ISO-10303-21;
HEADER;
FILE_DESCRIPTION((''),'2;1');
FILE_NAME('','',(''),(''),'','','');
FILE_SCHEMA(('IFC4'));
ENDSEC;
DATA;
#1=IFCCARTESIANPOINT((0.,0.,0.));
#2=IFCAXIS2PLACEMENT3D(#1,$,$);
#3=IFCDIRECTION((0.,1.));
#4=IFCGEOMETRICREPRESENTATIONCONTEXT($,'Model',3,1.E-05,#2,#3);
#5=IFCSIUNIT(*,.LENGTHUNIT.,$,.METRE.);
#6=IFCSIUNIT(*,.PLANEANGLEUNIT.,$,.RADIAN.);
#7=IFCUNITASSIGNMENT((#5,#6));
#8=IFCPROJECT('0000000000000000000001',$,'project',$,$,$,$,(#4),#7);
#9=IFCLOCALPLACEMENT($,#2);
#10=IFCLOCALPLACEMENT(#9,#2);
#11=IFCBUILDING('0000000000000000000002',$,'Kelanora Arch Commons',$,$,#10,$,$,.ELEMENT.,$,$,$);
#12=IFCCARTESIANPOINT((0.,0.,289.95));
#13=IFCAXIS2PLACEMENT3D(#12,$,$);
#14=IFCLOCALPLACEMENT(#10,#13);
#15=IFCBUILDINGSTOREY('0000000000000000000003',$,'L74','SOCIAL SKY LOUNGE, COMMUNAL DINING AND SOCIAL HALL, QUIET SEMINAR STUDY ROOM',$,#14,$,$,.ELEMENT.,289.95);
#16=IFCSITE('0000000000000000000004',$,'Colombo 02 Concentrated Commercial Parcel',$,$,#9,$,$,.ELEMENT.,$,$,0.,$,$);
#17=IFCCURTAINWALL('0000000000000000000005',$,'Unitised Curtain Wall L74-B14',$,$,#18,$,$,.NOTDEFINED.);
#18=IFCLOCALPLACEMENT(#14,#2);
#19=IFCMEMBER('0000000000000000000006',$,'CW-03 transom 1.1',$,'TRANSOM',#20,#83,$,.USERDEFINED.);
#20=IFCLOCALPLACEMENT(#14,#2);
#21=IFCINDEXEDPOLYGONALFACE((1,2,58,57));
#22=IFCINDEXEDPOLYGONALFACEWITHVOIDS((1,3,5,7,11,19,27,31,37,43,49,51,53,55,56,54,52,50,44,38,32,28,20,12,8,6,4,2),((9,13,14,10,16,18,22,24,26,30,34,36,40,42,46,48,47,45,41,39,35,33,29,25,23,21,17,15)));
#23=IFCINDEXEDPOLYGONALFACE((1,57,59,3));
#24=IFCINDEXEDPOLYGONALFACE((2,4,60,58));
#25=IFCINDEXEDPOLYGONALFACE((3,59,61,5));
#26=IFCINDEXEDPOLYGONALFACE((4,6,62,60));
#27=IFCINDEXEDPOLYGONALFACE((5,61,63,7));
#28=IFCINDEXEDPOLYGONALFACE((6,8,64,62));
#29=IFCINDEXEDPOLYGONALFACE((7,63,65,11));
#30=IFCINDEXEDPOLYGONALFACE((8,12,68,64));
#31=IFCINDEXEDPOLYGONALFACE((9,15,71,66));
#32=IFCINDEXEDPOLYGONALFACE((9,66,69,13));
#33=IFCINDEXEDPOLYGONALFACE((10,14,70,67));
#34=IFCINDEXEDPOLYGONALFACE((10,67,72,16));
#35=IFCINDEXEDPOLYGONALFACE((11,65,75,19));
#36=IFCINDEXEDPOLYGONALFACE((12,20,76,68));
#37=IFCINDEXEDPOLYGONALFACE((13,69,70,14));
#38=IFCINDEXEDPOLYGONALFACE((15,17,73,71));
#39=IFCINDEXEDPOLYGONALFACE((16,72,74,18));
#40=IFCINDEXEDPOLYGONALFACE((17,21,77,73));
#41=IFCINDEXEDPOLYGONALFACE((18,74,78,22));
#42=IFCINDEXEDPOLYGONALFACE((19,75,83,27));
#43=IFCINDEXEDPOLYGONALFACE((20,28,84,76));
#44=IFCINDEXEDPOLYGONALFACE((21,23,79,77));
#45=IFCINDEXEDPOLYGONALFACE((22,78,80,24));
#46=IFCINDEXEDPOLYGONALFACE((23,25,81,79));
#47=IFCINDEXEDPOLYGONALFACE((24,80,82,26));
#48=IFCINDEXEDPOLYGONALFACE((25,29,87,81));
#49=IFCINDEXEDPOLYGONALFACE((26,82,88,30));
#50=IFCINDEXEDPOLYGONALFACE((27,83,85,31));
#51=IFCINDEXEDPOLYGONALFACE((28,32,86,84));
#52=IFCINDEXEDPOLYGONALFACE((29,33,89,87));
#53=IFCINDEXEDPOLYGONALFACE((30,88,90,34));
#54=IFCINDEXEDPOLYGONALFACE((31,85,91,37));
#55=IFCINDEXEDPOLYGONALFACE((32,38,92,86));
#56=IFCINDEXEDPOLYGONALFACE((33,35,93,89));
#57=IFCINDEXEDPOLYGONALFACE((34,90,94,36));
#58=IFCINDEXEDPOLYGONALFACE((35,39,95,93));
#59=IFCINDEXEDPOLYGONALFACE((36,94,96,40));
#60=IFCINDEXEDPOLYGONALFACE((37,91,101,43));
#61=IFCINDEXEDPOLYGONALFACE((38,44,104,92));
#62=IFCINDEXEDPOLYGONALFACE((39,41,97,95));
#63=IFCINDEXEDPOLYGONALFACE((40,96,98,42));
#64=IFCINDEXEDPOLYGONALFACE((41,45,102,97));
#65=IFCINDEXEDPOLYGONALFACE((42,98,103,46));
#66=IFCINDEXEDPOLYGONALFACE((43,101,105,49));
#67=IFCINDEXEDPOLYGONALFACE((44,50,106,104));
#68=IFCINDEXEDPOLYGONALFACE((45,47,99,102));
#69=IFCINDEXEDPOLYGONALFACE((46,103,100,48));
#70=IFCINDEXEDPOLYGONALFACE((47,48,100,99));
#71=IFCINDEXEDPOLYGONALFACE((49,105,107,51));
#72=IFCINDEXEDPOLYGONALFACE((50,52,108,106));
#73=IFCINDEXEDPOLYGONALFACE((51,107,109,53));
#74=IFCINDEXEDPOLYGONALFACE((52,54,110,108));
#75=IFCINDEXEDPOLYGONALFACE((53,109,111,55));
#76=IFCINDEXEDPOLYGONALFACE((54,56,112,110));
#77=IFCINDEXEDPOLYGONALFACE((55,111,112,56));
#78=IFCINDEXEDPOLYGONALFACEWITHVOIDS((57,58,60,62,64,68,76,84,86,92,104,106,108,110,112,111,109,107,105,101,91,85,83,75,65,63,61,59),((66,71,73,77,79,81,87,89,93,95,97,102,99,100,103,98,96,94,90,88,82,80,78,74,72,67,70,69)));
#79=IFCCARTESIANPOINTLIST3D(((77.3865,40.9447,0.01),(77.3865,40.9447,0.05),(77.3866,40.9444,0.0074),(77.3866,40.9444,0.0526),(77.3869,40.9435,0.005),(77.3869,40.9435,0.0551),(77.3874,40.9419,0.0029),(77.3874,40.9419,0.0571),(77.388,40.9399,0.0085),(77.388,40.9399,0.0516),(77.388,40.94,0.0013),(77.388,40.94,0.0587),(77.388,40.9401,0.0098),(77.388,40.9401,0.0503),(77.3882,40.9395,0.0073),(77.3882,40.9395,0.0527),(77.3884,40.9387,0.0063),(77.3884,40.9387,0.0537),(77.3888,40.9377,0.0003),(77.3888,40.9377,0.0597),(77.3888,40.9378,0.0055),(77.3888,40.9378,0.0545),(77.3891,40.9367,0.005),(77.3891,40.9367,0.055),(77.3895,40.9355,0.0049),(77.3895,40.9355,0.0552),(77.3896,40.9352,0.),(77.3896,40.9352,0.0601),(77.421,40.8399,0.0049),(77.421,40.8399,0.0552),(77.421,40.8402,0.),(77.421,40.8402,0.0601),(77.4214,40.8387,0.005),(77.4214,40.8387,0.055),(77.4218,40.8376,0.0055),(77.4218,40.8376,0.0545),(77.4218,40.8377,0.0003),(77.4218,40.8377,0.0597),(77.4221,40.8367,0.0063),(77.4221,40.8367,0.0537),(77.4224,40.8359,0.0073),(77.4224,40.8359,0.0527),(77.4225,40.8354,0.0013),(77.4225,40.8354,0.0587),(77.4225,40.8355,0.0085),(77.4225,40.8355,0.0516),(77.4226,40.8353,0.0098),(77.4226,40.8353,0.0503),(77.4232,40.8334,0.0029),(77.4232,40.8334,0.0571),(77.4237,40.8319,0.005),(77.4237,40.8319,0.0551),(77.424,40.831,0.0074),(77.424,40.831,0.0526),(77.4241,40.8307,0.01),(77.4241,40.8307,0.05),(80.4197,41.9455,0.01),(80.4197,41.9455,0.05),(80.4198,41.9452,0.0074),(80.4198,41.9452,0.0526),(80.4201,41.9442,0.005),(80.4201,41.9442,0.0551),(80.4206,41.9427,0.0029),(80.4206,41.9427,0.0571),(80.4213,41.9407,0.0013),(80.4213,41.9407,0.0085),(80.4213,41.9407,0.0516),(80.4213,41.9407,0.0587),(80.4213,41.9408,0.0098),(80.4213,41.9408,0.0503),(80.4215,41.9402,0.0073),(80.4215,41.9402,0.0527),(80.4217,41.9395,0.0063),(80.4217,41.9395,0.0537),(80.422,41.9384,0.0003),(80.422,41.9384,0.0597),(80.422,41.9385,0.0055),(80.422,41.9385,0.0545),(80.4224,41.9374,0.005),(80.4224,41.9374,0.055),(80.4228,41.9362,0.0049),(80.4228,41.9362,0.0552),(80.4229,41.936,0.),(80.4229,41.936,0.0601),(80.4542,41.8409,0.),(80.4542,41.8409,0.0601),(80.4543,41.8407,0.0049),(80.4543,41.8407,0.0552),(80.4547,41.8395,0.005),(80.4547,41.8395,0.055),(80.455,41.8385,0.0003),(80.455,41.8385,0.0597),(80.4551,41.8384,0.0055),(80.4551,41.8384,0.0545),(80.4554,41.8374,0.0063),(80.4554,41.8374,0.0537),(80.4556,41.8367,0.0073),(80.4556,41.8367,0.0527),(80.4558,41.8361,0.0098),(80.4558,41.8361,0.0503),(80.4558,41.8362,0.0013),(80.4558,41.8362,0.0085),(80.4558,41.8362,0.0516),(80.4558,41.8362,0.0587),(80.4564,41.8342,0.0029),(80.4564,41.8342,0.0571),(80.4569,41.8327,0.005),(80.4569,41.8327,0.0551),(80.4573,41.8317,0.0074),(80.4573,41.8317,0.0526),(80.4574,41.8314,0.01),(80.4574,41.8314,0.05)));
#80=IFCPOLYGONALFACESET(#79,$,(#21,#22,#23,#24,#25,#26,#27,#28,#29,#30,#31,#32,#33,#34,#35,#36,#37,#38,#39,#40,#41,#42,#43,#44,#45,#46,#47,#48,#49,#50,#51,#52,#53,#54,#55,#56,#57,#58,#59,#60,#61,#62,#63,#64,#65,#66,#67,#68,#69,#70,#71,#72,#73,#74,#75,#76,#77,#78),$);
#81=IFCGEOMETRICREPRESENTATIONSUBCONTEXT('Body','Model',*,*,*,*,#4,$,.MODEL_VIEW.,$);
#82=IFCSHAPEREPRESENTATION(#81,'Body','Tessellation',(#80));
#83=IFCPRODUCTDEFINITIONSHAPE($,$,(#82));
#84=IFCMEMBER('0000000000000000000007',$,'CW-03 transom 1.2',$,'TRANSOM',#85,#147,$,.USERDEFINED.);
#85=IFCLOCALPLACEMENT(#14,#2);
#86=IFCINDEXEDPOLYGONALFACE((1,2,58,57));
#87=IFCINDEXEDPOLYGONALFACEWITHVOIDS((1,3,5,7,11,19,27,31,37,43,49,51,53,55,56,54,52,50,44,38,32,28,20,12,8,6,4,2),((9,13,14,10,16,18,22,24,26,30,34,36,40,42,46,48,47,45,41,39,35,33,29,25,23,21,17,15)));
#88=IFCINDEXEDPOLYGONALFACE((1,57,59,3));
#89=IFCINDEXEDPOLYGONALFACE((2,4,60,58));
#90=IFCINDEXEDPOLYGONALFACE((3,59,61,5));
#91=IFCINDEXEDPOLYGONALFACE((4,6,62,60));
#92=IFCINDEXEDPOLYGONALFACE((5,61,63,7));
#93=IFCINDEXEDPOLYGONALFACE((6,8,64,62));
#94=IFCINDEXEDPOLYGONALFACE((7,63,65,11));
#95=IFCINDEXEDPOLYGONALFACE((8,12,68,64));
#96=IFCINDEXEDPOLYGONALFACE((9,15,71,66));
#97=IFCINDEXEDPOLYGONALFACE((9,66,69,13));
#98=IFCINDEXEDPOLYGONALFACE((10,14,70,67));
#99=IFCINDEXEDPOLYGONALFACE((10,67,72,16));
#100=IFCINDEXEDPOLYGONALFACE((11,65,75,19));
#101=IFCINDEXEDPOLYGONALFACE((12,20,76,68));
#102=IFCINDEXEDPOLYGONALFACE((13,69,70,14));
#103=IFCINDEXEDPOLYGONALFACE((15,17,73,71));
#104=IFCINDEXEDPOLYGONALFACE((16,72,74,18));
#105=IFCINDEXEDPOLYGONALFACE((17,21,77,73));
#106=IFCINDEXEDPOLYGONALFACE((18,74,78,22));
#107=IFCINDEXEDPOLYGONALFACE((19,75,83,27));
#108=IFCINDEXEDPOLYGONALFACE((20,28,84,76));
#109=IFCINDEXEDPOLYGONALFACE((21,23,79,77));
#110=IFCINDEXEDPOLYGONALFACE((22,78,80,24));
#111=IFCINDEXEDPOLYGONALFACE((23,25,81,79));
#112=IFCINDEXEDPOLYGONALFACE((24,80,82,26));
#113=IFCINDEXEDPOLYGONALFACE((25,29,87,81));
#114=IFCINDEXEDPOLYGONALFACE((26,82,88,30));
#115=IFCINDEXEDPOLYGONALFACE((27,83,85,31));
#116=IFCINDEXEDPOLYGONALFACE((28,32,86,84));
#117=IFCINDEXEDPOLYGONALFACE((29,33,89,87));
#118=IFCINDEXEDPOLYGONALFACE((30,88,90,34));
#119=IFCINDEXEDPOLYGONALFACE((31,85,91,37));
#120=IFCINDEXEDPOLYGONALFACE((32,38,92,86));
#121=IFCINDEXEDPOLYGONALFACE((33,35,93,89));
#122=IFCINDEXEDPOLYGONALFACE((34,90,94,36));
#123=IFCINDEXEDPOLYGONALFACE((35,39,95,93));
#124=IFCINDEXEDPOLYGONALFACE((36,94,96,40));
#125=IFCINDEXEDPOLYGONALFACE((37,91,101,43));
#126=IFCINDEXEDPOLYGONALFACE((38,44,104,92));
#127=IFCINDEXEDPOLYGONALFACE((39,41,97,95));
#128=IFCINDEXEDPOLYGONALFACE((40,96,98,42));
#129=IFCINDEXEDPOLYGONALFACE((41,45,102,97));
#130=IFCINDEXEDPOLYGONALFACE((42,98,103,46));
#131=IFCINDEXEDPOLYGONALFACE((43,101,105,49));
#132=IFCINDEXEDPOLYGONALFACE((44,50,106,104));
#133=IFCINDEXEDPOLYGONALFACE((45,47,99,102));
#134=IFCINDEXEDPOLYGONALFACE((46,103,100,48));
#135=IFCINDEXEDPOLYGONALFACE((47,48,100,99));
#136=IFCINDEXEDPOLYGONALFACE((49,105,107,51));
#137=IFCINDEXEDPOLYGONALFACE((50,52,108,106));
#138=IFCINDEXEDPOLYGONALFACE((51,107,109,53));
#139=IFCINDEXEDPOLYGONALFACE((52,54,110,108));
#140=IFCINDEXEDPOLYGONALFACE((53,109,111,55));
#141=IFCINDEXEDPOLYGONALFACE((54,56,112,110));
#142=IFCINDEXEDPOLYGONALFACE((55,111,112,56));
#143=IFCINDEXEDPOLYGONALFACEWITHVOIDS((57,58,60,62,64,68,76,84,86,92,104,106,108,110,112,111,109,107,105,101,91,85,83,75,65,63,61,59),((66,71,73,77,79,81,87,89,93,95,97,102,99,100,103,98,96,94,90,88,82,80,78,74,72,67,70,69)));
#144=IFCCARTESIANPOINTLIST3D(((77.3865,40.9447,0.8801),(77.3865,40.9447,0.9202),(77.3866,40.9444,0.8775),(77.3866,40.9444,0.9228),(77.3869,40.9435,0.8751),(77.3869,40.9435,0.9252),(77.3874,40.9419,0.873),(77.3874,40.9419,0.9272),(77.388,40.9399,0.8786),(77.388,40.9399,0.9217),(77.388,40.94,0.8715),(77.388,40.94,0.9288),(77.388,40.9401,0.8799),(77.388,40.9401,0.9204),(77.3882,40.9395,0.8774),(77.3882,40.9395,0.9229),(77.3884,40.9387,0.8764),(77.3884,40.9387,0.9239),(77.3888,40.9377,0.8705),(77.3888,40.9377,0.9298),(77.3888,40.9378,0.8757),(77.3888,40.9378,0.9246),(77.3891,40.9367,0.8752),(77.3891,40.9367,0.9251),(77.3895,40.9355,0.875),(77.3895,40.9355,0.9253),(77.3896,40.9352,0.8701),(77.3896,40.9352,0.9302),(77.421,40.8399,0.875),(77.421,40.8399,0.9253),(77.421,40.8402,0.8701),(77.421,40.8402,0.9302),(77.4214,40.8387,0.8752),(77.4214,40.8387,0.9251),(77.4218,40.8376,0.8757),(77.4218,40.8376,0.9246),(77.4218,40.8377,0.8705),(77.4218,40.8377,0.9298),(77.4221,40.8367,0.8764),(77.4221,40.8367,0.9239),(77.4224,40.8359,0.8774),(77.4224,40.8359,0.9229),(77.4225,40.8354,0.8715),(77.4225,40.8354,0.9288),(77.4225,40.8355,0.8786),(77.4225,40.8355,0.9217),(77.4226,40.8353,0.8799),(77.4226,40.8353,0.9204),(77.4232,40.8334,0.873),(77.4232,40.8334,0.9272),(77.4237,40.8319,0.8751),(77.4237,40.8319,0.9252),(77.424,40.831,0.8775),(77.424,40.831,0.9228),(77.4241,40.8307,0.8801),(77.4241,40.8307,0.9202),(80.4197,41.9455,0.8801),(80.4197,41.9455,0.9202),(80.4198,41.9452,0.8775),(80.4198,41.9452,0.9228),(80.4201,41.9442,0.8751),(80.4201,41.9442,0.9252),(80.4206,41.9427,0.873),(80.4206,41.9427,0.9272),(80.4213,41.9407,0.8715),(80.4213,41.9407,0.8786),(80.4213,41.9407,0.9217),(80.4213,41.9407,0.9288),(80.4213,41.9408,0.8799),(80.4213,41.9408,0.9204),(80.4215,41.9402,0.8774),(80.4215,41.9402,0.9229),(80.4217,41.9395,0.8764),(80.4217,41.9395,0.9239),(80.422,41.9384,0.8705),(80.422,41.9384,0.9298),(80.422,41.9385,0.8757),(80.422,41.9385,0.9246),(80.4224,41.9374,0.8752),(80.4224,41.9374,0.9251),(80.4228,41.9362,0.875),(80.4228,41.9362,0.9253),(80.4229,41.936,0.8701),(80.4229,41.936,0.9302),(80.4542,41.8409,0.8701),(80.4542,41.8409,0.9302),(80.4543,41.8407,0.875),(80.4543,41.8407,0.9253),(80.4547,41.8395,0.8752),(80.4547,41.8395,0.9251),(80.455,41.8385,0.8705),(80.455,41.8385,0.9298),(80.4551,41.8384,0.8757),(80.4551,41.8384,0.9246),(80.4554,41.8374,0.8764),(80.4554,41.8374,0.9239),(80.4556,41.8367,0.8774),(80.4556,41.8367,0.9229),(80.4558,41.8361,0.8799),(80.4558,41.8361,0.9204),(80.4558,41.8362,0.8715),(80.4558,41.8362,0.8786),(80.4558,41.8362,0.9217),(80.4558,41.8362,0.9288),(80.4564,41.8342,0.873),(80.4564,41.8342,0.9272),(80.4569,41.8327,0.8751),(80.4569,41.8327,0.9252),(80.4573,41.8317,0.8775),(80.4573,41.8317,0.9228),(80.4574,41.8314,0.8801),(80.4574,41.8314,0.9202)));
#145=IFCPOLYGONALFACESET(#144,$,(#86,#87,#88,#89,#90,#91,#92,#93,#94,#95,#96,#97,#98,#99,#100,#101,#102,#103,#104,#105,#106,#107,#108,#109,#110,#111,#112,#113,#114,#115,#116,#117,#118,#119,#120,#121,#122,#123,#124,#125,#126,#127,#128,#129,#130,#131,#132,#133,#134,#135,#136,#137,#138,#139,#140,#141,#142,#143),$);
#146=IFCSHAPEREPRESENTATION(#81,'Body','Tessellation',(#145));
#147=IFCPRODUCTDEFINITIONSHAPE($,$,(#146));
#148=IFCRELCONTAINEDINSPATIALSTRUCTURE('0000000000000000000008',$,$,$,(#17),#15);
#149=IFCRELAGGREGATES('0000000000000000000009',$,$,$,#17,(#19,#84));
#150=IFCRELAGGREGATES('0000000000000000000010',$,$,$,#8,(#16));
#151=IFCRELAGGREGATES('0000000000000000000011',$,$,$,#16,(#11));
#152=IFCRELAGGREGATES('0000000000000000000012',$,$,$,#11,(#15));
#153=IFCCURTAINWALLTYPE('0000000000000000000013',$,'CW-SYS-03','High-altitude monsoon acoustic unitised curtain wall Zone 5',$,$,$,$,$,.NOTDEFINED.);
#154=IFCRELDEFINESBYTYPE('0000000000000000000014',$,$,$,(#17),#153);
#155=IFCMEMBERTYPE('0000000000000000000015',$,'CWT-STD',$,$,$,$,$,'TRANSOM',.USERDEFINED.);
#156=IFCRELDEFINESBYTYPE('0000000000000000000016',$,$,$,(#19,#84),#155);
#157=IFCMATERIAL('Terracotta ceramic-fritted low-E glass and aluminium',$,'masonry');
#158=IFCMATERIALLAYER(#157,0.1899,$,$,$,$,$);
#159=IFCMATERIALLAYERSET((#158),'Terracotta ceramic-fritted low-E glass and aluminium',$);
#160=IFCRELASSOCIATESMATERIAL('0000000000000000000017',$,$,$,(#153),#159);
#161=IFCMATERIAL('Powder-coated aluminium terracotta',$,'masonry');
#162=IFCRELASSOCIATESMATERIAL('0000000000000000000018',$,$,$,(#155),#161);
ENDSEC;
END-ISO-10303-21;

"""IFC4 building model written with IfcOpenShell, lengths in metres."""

from ifc_helpers import new_model, si_unit, direction, frame, origin, origin_2d, place, context, subcontext, project, spatial, hollow_rectangle, extrude, material, layer, layer_set, material_profile, profile_set, type_object, element, aggregate, save


model = new_model("IFC4")

# Units and contexts
model_context = context("Model", 3, precision=1e-05, world=origin(), true_north=direction((0.0, 1.0)))
body_context = subcontext(model_context, "Body", "Model", "MODEL_VIEW")
ifc_project = project(units=[si_unit("LENGTHUNIT", "METRE"), si_unit("PLANEANGLEUNIT", "RADIAN")], contexts=[model_context])

# Site, building, storey
site_placement = place(None, origin())
site = spatial("IfcSite", under=ifc_project, at=site_placement, Name="Colombo 02 Concentrated Commercial Parcel", CompositionType="ELEMENT", RefElevation=0.0)
building_placement = place(site_placement, origin())
building = spatial("IfcBuilding", under=site, at=building_placement, Name="Kelanora Arch Commons", CompositionType="ELEMENT")
storey_placement = place(building_placement, frame((0.0, 0.0, 289.95)))
storey = spatial("IfcBuildingStorey", under=building, at=storey_placement, Name="L74", Description="SOCIAL SKY LOUNGE, COMMUNAL DINING AND SOCIAL HALL, QUIET SEMINAR STUDY ROOM", CompositionType="ELEMENT", Elevation=289.95)

# Curtain wall, members
ifc_material_1 = material(Name="Terracotta ceramic-fritted low-E glass and aluminium", Category="masonry")
ifc_layer_1 = layer(ifc_material_1, 0.1899)
ifc_layer_set_1 = layer_set([ifc_layer_1], Name="Terracotta ceramic-fritted low-E glass and aluminium")
curtain_wall_type = type_object("IfcCurtainWallType", Name="CW-SYS-03", Description="High-altitude monsoon acoustic unitised curtain wall Zone 5", PredefinedType="NOTDEFINED", material=ifc_layer_set_1)
curtain_wall_placement = place(storey_placement, origin())
curtain_wall = element("IfcCurtainWall", 1, at=curtain_wall_placement, inside=storey, type_object=curtain_wall_type, Name="Unitised Curtain Wall L74-B14", PredefinedType="NOTDEFINED")
ifc_material_2 = material(Name="Powder-coated aluminium terracotta", Category="masonry")
ifc_material_profile_1 = material_profile(ifc_material_2, hollow_rectangle(XDim=0.1201, YDim=0.0601, WallThickness=0.0049, InnerFilletRadius=0.0049, OuterFilletRadius=0.01, at=origin_2d()), Name="CWT120x60")
ifc_profile_set_1 = profile_set([ifc_material_profile_1], Name="Powder-coated aluminium terracotta")
member_type_1 = type_object("IfcMemberType", Name="CWT-STD", ElementType="TRANSOM", PredefinedType="USERDEFINED", material=ifc_profile_set_1)
member_1_placement = place(storey_placement, frame((77.4053, 40.8877, 0.03), z_axis=(0.94965, 0.313314, 0.0), x_axis=(-0.313314, 0.94965, 0.0)))
member_1 = element("IfcMember", 2, at=member_1_placement, type_object=member_type_1, Name="CW-03 transom 1.1", ObjectType="TRANSOM", PredefinedType="USERDEFINED", context=body_context, shape_type="SweptSolid", body=[
    extrude(hollow_rectangle(XDim=0.1201, YDim=0.0601, WallThickness=0.0049, InnerFilletRadius=0.0049, OuterFilletRadius=0.01, at=origin_2d()), origin(), (0.0, 0.0, 1.0), 3.1941),
])
member_2_placement = place(storey_placement, frame((77.4053, 40.8877, 0.9001), z_axis=(0.94965, 0.313314, 0.0), x_axis=(-0.313314, 0.94965, 0.0)))
member_2 = element("IfcMember", 3, at=member_2_placement, type_object=member_type_1, Name="CW-03 transom 1.2", ObjectType="TRANSOM", PredefinedType="USERDEFINED", context=body_context, shape_type="SweptSolid", body=[
    extrude(hollow_rectangle(XDim=0.1201, YDim=0.0601, WallThickness=0.0049, InnerFilletRadius=0.0049, OuterFilletRadius=0.01, at=origin_2d()), origin(), (0.0, 0.0, 1.0), 3.1941),
])
aggregate(curtain_wall, [member_1, member_2])

save(model, "model.ifc")
